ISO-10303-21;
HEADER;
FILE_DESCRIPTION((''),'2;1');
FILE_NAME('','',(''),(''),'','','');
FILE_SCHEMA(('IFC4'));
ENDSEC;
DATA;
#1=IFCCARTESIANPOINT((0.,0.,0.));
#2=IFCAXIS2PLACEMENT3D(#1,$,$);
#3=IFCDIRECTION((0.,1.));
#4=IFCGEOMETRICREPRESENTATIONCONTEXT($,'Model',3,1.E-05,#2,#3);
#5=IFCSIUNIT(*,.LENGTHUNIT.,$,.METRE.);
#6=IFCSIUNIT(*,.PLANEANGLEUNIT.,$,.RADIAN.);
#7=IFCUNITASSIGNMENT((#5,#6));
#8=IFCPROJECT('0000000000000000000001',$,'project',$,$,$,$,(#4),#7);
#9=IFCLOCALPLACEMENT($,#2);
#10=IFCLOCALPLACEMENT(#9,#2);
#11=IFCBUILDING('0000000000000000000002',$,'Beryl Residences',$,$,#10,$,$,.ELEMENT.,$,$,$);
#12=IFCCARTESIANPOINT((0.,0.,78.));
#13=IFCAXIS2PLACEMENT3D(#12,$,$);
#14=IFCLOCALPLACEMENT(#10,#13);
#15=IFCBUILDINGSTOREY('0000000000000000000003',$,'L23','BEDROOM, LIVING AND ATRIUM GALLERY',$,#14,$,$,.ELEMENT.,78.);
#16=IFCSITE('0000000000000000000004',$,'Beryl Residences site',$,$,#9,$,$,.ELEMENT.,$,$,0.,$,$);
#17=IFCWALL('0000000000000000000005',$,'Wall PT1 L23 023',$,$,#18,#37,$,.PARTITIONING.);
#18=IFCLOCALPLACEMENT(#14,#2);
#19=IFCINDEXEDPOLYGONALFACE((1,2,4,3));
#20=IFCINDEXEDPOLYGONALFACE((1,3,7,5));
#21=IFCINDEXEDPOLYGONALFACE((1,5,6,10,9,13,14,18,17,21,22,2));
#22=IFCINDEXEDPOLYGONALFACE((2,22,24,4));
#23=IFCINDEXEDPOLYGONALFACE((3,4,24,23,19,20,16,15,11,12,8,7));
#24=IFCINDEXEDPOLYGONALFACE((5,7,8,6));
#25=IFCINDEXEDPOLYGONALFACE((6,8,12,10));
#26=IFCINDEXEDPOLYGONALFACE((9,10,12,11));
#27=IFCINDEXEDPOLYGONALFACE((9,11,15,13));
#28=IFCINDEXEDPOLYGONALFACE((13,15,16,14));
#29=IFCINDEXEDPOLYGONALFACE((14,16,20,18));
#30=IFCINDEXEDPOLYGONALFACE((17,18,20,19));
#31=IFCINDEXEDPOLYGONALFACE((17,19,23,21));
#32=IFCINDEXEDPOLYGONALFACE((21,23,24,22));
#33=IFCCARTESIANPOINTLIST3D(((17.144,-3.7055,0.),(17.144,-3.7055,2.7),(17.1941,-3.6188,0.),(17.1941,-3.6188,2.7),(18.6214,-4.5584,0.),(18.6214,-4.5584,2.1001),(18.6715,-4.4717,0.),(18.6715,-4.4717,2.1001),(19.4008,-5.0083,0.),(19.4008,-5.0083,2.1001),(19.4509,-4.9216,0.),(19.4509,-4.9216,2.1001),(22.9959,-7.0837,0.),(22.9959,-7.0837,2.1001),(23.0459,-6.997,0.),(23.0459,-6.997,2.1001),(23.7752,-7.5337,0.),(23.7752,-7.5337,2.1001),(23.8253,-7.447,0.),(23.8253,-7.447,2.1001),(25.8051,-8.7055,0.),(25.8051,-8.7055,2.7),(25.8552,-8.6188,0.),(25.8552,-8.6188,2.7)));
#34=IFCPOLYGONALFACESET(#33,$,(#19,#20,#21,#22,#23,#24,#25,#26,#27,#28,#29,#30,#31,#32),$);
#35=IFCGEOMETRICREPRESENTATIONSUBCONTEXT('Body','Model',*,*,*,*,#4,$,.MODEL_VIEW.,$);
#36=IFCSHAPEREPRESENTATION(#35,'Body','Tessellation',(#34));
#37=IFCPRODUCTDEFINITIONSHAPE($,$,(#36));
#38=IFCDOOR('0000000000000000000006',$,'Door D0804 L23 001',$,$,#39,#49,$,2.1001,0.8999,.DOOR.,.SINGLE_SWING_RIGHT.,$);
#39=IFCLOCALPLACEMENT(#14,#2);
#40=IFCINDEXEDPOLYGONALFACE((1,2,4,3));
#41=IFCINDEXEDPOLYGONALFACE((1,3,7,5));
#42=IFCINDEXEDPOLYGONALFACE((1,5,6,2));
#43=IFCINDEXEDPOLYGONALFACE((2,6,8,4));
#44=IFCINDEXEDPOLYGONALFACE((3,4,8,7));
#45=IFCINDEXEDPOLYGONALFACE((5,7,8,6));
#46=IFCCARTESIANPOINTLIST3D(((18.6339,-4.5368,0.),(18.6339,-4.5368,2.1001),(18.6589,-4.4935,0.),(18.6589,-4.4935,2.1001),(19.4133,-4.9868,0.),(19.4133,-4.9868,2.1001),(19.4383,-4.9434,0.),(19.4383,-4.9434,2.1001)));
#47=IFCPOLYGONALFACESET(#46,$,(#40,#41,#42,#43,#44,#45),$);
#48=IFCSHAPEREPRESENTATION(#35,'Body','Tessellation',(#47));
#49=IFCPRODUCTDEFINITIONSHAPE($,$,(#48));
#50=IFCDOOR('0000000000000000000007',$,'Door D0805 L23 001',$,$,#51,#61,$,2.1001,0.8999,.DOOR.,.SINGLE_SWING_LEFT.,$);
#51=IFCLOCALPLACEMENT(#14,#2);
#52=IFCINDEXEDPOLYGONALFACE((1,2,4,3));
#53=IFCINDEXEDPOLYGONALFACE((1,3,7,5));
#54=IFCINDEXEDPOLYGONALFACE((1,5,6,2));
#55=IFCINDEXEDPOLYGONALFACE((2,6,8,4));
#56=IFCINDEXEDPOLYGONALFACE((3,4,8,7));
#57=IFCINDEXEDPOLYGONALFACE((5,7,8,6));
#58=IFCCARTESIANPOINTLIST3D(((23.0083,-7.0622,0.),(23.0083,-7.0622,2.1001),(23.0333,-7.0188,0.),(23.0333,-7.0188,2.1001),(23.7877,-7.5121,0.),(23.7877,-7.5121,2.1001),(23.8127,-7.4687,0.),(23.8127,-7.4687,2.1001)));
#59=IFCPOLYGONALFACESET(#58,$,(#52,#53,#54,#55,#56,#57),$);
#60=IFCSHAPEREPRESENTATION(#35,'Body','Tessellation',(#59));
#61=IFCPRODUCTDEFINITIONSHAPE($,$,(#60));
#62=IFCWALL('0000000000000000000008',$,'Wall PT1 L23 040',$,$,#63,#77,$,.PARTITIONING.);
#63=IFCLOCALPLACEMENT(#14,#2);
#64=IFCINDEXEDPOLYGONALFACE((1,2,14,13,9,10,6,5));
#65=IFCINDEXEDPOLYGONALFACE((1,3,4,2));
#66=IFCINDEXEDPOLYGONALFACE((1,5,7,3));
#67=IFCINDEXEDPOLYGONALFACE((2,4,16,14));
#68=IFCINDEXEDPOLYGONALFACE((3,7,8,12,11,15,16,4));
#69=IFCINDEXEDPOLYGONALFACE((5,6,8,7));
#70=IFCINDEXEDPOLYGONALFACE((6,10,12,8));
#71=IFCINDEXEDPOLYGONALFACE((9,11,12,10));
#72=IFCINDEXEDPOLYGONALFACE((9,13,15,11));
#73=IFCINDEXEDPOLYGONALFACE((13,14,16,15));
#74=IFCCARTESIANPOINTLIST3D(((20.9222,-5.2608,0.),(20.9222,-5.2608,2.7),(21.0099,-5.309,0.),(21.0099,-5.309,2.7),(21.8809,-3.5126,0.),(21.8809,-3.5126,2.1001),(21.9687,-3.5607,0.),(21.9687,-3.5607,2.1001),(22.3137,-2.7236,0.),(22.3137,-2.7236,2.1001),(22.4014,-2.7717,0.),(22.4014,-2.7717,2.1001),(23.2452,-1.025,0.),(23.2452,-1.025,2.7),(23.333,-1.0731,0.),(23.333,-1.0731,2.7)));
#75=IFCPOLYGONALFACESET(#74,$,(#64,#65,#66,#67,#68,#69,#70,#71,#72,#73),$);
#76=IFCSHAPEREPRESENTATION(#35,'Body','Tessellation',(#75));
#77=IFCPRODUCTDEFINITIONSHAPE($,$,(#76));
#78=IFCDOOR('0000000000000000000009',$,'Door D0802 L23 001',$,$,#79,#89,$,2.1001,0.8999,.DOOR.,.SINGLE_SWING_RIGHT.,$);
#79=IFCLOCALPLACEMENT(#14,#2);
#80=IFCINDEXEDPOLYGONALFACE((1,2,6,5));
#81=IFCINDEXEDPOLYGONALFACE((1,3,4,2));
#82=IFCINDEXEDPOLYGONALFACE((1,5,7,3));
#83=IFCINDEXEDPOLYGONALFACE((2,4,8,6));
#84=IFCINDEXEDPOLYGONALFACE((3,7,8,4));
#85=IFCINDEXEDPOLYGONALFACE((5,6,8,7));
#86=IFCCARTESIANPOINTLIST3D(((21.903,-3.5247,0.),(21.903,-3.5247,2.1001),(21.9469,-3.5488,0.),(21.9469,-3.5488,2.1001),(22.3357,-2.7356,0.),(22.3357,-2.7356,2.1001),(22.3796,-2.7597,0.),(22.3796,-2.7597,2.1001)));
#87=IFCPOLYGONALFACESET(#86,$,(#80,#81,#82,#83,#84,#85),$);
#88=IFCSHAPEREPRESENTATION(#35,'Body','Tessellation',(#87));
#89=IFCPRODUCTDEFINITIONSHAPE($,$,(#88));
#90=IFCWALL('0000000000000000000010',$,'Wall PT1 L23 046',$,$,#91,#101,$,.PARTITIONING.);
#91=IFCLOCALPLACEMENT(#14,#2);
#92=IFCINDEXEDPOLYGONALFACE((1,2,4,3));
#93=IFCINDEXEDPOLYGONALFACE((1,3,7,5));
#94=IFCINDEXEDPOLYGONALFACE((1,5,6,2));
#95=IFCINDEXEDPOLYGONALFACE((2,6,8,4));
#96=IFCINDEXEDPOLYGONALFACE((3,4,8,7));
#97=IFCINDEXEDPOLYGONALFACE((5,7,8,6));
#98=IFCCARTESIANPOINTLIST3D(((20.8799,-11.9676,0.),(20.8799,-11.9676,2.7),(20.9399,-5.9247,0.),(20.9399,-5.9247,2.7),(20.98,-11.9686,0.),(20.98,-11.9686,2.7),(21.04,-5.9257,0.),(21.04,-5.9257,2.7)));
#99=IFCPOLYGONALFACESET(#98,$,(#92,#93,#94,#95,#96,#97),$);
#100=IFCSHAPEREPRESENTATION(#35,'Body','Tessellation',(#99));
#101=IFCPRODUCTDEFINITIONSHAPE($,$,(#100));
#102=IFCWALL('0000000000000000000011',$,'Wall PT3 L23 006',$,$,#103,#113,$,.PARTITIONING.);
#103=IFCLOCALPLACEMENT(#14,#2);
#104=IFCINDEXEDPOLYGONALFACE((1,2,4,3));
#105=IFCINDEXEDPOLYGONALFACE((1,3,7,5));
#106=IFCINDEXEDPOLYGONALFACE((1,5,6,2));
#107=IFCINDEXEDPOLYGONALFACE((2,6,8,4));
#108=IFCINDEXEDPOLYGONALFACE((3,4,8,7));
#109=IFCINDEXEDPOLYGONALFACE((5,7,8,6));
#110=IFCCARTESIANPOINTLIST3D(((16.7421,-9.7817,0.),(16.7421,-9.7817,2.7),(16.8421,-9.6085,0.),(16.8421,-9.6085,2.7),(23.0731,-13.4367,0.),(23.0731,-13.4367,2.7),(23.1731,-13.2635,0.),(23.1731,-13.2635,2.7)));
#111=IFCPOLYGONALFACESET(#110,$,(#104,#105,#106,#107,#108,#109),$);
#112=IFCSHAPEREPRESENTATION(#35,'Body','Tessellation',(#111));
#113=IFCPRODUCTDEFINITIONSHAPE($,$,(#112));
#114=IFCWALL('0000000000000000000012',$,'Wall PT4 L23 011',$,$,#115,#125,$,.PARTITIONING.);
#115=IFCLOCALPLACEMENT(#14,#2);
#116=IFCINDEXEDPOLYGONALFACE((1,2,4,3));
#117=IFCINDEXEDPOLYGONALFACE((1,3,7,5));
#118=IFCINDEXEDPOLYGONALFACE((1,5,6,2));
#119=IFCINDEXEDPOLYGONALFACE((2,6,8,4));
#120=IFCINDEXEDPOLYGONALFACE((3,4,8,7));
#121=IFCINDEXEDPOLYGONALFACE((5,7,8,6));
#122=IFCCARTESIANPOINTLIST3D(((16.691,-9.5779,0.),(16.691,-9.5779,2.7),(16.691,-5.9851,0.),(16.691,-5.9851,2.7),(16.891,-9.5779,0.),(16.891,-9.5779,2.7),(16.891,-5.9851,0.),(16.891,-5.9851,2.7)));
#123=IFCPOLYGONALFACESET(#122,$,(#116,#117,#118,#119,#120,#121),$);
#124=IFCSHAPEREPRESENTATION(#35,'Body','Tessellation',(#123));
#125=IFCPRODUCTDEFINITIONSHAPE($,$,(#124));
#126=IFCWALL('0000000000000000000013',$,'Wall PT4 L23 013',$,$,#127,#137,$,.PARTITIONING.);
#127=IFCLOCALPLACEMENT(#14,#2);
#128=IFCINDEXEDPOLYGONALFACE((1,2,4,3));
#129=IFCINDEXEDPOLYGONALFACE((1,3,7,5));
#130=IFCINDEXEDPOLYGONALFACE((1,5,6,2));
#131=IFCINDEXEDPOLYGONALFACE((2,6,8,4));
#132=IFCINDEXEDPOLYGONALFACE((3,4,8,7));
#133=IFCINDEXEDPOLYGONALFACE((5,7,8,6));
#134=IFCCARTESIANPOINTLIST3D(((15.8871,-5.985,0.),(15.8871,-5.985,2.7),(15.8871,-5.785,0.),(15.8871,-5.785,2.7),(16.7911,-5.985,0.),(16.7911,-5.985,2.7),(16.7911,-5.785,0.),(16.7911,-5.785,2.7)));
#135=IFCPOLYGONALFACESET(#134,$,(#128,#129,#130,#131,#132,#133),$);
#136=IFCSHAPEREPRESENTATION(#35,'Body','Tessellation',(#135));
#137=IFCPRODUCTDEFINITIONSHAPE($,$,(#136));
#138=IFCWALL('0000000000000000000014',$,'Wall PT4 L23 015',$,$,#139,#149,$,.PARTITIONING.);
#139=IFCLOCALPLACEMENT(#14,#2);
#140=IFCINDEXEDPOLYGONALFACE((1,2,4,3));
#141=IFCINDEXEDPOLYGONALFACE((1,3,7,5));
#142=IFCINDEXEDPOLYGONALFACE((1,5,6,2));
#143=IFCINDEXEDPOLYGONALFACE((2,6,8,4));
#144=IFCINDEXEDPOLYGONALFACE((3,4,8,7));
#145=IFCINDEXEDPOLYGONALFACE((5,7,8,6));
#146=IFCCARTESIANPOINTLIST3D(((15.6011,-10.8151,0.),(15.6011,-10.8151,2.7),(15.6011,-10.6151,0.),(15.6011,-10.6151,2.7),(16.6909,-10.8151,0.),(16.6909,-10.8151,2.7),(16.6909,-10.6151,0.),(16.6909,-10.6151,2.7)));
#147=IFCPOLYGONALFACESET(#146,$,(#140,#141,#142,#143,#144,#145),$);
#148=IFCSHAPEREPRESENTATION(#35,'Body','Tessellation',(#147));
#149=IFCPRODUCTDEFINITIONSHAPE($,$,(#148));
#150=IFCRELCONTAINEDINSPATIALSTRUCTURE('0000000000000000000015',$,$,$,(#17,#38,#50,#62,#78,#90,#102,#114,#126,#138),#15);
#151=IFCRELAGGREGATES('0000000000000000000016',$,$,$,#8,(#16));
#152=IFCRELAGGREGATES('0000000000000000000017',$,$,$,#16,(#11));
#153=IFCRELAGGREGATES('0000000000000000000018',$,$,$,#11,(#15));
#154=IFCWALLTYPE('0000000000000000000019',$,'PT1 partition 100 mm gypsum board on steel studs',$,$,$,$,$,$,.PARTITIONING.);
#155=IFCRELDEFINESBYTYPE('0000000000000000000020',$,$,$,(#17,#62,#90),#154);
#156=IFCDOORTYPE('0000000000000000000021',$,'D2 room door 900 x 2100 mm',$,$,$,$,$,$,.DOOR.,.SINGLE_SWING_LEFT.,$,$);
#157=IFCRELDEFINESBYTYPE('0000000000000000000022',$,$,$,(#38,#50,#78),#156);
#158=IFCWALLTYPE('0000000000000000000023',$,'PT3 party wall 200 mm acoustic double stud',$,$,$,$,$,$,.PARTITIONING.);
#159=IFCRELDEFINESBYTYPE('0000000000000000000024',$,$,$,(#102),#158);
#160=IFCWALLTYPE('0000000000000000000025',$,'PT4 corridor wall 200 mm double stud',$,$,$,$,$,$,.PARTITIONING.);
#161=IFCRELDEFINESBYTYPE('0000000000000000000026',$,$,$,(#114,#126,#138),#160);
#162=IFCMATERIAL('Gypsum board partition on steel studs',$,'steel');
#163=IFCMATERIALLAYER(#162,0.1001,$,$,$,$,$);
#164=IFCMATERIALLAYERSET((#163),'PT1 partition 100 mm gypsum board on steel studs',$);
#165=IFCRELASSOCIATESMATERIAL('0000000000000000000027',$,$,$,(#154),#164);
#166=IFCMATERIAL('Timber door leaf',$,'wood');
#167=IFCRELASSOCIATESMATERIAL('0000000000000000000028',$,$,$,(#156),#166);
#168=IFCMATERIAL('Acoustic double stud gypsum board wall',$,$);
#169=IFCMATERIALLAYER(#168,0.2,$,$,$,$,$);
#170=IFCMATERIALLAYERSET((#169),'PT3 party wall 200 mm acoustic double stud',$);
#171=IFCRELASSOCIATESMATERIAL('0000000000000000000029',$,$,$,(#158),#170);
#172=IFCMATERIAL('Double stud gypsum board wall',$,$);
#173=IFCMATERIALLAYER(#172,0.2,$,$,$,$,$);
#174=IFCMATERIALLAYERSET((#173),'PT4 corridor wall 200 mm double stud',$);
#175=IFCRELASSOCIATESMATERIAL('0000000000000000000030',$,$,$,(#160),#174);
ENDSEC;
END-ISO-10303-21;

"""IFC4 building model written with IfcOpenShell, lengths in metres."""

from ifc_helpers import new_model, si_unit, direction, frame, frame_2d, origin, place, context, subcontext, project, spatial, rectangle, extrude, material, layer, layer_set, type_object, element, fill, save


model = new_model("IFC4")

# Units and contexts
model_context = context("Model", 3, precision=1e-05, world=origin(), true_north=direction((0.0, 1.0)))
body_context = subcontext(model_context, "Body", "Model", "MODEL_VIEW")
ifc_project = project(units=[si_unit("LENGTHUNIT", "METRE"), si_unit("PLANEANGLEUNIT", "RADIAN")], contexts=[model_context])

# Site, building, storey
site_placement = place(None, origin())
site = spatial("IfcSite", under=ifc_project, at=site_placement, Name="Beryl Residences site", CompositionType="ELEMENT", RefElevation=0.0)
building_placement = place(site_placement, origin())
building = spatial("IfcBuilding", under=site, at=building_placement, Name="Beryl Residences", CompositionType="ELEMENT")
storey_placement = place(building_placement, frame((0.0, 0.0, 78.0)))
storey = spatial("IfcBuildingStorey", under=building, at=storey_placement, Name="L23", Description="BEDROOM, LIVING AND ATRIUM GALLERY", CompositionType="ELEMENT", Elevation=78.0)

# Shared definitions
ifc_material_1 = material(Name="Gypsum board partition on steel studs", Category="steel")
ifc_layer_1 = layer(ifc_material_1, 0.1001)
ifc_layer_set_1 = layer_set([ifc_layer_1], Name="PT1 partition 100 mm gypsum board on steel studs")
wall_type_1 = type_object("IfcWallType", Name="PT1 partition 100 mm gypsum board on steel studs", PredefinedType="PARTITIONING", material=ifc_layer_set_1)

# Wall, openings, doors
wall_1_placement = place(storey_placement, frame((17.1689, -3.6621, 0.0), z_axis=(0.0, 0.0, 1.0), x_axis=(0.866047, -0.499962, 0.0)))
wall_1 = element("IfcWall", 1, at=wall_1_placement, inside=storey, type_object=wall_type_1, Name="Wall PT1 L23 023", PredefinedType="PARTITIONING", context=body_context, shape_type="SweptSolid", body=[
    extrude(rectangle(XDim=10.0007, YDim=0.1001, at=frame_2d((5.0005, 0.0))), origin(), (0.0, 0.0, 1.0), 2.7),
])
opening_1_placement = place(wall_1_placement, frame((1.7061, 0.0, 0.0)))
opening_1 = element("IfcOpeningElement", 2, at=opening_1_placement, cuts=wall_1, PredefinedType="OPENING", context=body_context, shape_type="SweptSolid", body=[
    extrude(rectangle(XDim=0.8999, YDim=2.1001, at=frame_2d((0.45, 1.05))), frame((0.0, 0.0601, 0.0), z_axis=(0.0, -1.0, 0.0), x_axis=(1.0, 0.0, 0.0)), (0.0, 0.0, 1.0), 0.1201),
])
opening_2_placement = place(wall_1_placement, frame((6.7571, 0.0, 0.0)))
opening_2 = element("IfcOpeningElement", 3, at=opening_2_placement, cuts=wall_1, PredefinedType="OPENING", context=body_context, shape_type="SweptSolid", body=[
    extrude(rectangle(XDim=0.8999, YDim=2.1001, at=frame_2d((0.45, 1.05))), frame((0.0, 0.0601, 0.0), z_axis=(0.0, -1.0, 0.0), x_axis=(1.0, 0.0, 0.0)), (0.0, 0.0, 1.0), 0.1201),
])
ifc_material_2 = material(Name="Timber door leaf", Category="wood")
door_type_1 = type_object("IfcDoorType", Name="D2 room door 900 x 2100 mm", OperationType="SINGLE_SWING_LEFT", PredefinedType="DOOR", material=ifc_material_2)
door_1_placement = place(opening_1_placement, origin())
door_1 = element("IfcDoor", 4, at=door_1_placement, inside=storey, type_object=door_type_1, Name="Door D0804 L23 001", OperationType="SINGLE_SWING_RIGHT", OverallHeight=2.1001, OverallWidth=0.8999, PredefinedType="DOOR", context=body_context, shape_type="SweptSolid", body=[
    extrude(rectangle(XDim=0.8999, YDim=2.1001, at=frame_2d((0.45, 1.05))), frame((0.0, 0.0249, 0.0), z_axis=(0.0, -1.0, 0.0), x_axis=(1.0, 0.0, 0.0)), (0.0, 0.0, 1.0), 0.05),
])
fill(opening_1, door_1)
door_2_placement = place(opening_2_placement, origin())
door_2 = element("IfcDoor", 5, at=door_2_placement, inside=storey, type_object=door_type_1, Name="Door D0805 L23 001", OperationType="SINGLE_SWING_LEFT", OverallHeight=2.1001, OverallWidth=0.8999, PredefinedType="DOOR", context=body_context, shape_type="SweptSolid", body=[
    extrude(rectangle(XDim=0.8999, YDim=2.1001, at=frame_2d((0.45, 1.05))), frame((0.0, 0.0249, 0.0), z_axis=(0.0, -1.0, 0.0), x_axis=(1.0, 0.0, 0.0)), (0.0, 0.0, 1.0), 0.05),
])
fill(opening_2, door_2)

# Wall, opening, door
wall_2_placement = place(storey_placement, frame((20.9661, -5.2849, 0.0), z_axis=(0.0, 0.0, 1.0), x_axis=(0.480851, 0.876802, 0.0)))
wall_2 = element("IfcWall", 6, at=wall_2_placement, inside=storey, type_object=wall_type_1, Name="Wall PT1 L23 040", PredefinedType="PARTITIONING", context=body_context, shape_type="SweptSolid", body=[
    extrude(rectangle(XDim=4.8311, YDim=0.1001, at=frame_2d((2.4155, 0.0))), origin(), (0.0, 0.0, 1.0), 2.7),
])
opening_3_placement = place(wall_2_placement, frame((1.9939, 0.0, 0.0)))
opening_3 = element("IfcOpeningElement", 7, at=opening_3_placement, cuts=wall_2, PredefinedType="OPENING", context=body_context, shape_type="SweptSolid", body=[
    extrude(rectangle(XDim=0.8999, YDim=2.1001, at=frame_2d((0.45, 1.05))), frame((0.0, 0.0601, 0.0), z_axis=(0.0, -1.0, 0.0), x_axis=(1.0, 0.0, 0.0)), (0.0, 0.0, 1.0), 0.1201),
])
door_3_placement = place(opening_3_placement, origin())
door_3 = element("IfcDoor", 8, at=door_3_placement, inside=storey, type_object=door_type_1, Name="Door D0802 L23 001", OperationType="SINGLE_SWING_RIGHT", OverallHeight=2.1001, OverallWidth=0.8999, PredefinedType="DOOR", context=body_context, shape_type="SweptSolid", body=[
    extrude(rectangle(XDim=0.8999, YDim=2.1001, at=frame_2d((0.45, 1.05))), frame((0.0, 0.0249, 0.0), z_axis=(0.0, -1.0, 0.0), x_axis=(1.0, 0.0, 0.0)), (0.0, 0.0, 1.0), 0.05),
])
fill(opening_3, door_3)

# Walls
wall_3_placement = place(storey_placement, frame((20.9299, -11.968, 0.0), z_axis=(0.0, 0.0, 1.0), x_axis=(0.009938, 0.999951, 0.0)))
element("IfcWall", 9, at=wall_3_placement, inside=storey, type_object=wall_type_1, Name="Wall PT1 L23 046", PredefinedType="PARTITIONING", context=body_context, shape_type="SweptSolid", body=[
    extrude(rectangle(XDim=6.0432, YDim=0.1001, at=frame_2d((3.0215, 0.0))), origin(), (0.0, 0.0, 1.0), 2.7),
])
ifc_material_3 = material(Name="Acoustic double stud gypsum board wall")
ifc_layer_2 = layer(ifc_material_3, 0.2)
ifc_layer_set_2 = layer_set([ifc_layer_2], Name="PT3 party wall 200 mm acoustic double stud")
wall_type_2 = type_object("IfcWallType", Name="PT3 party wall 200 mm acoustic double stud", PredefinedType="PARTITIONING", material=ifc_layer_set_2)
wall_4_placement = place(storey_placement, frame((16.792, -9.6951, 0.0), z_axis=(0.0, 0.0, 1.0), x_axis=(0.866038, -0.499979, 0.0)))
element("IfcWall", 10, at=wall_4_placement, inside=storey, type_object=wall_type_2, Name="Wall PT3 L23 006", PredefinedType="PARTITIONING", context=body_context, shape_type="SweptSolid", body=[
    extrude(rectangle(XDim=7.3103, YDim=0.2, at=frame_2d((3.6553, 0.0))), origin(), (0.0, 0.0, 1.0), 2.7),
])
ifc_material_4 = material(Name="Double stud gypsum board wall")
ifc_layer_3 = layer(ifc_material_4, 0.2)
ifc_layer_set_3 = layer_set([ifc_layer_3], Name="PT4 corridor wall 200 mm double stud")
wall_type_3 = type_object("IfcWallType", Name="PT4 corridor wall 200 mm double stud", PredefinedType="PARTITIONING", material=ifc_layer_set_3)
wall_5_placement = place(storey_placement, frame((16.791, -5.9851, 0.0), z_axis=(0.0, 0.0, 1.0), x_axis=(0.0, -1.0, 0.0)))
element("IfcWall", 11, at=wall_5_placement, inside=storey, type_object=wall_type_3, Name="Wall PT4 L23 011", PredefinedType="PARTITIONING", context=body_context, shape_type="SweptSolid", body=[
    extrude(rectangle(XDim=3.5928, YDim=0.2, at=frame_2d((1.7964, 0.0))), origin(), (0.0, 0.0, 1.0), 2.7),
])
wall_6_placement = place(storey_placement, frame((15.887, -5.885, 0.0), z_axis=(0.0, 0.0, 1.0), x_axis=(1.0, 0.0, 0.0)))
element("IfcWall", 12, at=wall_6_placement, inside=storey, type_object=wall_type_3, Name="Wall PT4 L23 013", PredefinedType="PARTITIONING", context=body_context, shape_type="SweptSolid", body=[
    extrude(rectangle(XDim=0.9041, YDim=0.2, at=frame_2d((0.4521, 0.0))), origin(), (0.0, 0.0, 1.0), 2.7),
])
wall_7_placement = place(storey_placement, frame((15.6011, -10.7151, 0.0), z_axis=(0.0, 0.0, 1.0), x_axis=(1.0, 0.0, 0.0)))
element("IfcWall", 13, at=wall_7_placement, inside=storey, type_object=wall_type_3, Name="Wall PT4 L23 015", PredefinedType="PARTITIONING", context=body_context, shape_type="SweptSolid", body=[
    extrude(rectangle(XDim=1.0898, YDim=0.2, at=frame_2d((0.5449, 0.0))), origin(), (0.0, 0.0, 1.0), 2.7),
])

save(model, "model.ifc")
